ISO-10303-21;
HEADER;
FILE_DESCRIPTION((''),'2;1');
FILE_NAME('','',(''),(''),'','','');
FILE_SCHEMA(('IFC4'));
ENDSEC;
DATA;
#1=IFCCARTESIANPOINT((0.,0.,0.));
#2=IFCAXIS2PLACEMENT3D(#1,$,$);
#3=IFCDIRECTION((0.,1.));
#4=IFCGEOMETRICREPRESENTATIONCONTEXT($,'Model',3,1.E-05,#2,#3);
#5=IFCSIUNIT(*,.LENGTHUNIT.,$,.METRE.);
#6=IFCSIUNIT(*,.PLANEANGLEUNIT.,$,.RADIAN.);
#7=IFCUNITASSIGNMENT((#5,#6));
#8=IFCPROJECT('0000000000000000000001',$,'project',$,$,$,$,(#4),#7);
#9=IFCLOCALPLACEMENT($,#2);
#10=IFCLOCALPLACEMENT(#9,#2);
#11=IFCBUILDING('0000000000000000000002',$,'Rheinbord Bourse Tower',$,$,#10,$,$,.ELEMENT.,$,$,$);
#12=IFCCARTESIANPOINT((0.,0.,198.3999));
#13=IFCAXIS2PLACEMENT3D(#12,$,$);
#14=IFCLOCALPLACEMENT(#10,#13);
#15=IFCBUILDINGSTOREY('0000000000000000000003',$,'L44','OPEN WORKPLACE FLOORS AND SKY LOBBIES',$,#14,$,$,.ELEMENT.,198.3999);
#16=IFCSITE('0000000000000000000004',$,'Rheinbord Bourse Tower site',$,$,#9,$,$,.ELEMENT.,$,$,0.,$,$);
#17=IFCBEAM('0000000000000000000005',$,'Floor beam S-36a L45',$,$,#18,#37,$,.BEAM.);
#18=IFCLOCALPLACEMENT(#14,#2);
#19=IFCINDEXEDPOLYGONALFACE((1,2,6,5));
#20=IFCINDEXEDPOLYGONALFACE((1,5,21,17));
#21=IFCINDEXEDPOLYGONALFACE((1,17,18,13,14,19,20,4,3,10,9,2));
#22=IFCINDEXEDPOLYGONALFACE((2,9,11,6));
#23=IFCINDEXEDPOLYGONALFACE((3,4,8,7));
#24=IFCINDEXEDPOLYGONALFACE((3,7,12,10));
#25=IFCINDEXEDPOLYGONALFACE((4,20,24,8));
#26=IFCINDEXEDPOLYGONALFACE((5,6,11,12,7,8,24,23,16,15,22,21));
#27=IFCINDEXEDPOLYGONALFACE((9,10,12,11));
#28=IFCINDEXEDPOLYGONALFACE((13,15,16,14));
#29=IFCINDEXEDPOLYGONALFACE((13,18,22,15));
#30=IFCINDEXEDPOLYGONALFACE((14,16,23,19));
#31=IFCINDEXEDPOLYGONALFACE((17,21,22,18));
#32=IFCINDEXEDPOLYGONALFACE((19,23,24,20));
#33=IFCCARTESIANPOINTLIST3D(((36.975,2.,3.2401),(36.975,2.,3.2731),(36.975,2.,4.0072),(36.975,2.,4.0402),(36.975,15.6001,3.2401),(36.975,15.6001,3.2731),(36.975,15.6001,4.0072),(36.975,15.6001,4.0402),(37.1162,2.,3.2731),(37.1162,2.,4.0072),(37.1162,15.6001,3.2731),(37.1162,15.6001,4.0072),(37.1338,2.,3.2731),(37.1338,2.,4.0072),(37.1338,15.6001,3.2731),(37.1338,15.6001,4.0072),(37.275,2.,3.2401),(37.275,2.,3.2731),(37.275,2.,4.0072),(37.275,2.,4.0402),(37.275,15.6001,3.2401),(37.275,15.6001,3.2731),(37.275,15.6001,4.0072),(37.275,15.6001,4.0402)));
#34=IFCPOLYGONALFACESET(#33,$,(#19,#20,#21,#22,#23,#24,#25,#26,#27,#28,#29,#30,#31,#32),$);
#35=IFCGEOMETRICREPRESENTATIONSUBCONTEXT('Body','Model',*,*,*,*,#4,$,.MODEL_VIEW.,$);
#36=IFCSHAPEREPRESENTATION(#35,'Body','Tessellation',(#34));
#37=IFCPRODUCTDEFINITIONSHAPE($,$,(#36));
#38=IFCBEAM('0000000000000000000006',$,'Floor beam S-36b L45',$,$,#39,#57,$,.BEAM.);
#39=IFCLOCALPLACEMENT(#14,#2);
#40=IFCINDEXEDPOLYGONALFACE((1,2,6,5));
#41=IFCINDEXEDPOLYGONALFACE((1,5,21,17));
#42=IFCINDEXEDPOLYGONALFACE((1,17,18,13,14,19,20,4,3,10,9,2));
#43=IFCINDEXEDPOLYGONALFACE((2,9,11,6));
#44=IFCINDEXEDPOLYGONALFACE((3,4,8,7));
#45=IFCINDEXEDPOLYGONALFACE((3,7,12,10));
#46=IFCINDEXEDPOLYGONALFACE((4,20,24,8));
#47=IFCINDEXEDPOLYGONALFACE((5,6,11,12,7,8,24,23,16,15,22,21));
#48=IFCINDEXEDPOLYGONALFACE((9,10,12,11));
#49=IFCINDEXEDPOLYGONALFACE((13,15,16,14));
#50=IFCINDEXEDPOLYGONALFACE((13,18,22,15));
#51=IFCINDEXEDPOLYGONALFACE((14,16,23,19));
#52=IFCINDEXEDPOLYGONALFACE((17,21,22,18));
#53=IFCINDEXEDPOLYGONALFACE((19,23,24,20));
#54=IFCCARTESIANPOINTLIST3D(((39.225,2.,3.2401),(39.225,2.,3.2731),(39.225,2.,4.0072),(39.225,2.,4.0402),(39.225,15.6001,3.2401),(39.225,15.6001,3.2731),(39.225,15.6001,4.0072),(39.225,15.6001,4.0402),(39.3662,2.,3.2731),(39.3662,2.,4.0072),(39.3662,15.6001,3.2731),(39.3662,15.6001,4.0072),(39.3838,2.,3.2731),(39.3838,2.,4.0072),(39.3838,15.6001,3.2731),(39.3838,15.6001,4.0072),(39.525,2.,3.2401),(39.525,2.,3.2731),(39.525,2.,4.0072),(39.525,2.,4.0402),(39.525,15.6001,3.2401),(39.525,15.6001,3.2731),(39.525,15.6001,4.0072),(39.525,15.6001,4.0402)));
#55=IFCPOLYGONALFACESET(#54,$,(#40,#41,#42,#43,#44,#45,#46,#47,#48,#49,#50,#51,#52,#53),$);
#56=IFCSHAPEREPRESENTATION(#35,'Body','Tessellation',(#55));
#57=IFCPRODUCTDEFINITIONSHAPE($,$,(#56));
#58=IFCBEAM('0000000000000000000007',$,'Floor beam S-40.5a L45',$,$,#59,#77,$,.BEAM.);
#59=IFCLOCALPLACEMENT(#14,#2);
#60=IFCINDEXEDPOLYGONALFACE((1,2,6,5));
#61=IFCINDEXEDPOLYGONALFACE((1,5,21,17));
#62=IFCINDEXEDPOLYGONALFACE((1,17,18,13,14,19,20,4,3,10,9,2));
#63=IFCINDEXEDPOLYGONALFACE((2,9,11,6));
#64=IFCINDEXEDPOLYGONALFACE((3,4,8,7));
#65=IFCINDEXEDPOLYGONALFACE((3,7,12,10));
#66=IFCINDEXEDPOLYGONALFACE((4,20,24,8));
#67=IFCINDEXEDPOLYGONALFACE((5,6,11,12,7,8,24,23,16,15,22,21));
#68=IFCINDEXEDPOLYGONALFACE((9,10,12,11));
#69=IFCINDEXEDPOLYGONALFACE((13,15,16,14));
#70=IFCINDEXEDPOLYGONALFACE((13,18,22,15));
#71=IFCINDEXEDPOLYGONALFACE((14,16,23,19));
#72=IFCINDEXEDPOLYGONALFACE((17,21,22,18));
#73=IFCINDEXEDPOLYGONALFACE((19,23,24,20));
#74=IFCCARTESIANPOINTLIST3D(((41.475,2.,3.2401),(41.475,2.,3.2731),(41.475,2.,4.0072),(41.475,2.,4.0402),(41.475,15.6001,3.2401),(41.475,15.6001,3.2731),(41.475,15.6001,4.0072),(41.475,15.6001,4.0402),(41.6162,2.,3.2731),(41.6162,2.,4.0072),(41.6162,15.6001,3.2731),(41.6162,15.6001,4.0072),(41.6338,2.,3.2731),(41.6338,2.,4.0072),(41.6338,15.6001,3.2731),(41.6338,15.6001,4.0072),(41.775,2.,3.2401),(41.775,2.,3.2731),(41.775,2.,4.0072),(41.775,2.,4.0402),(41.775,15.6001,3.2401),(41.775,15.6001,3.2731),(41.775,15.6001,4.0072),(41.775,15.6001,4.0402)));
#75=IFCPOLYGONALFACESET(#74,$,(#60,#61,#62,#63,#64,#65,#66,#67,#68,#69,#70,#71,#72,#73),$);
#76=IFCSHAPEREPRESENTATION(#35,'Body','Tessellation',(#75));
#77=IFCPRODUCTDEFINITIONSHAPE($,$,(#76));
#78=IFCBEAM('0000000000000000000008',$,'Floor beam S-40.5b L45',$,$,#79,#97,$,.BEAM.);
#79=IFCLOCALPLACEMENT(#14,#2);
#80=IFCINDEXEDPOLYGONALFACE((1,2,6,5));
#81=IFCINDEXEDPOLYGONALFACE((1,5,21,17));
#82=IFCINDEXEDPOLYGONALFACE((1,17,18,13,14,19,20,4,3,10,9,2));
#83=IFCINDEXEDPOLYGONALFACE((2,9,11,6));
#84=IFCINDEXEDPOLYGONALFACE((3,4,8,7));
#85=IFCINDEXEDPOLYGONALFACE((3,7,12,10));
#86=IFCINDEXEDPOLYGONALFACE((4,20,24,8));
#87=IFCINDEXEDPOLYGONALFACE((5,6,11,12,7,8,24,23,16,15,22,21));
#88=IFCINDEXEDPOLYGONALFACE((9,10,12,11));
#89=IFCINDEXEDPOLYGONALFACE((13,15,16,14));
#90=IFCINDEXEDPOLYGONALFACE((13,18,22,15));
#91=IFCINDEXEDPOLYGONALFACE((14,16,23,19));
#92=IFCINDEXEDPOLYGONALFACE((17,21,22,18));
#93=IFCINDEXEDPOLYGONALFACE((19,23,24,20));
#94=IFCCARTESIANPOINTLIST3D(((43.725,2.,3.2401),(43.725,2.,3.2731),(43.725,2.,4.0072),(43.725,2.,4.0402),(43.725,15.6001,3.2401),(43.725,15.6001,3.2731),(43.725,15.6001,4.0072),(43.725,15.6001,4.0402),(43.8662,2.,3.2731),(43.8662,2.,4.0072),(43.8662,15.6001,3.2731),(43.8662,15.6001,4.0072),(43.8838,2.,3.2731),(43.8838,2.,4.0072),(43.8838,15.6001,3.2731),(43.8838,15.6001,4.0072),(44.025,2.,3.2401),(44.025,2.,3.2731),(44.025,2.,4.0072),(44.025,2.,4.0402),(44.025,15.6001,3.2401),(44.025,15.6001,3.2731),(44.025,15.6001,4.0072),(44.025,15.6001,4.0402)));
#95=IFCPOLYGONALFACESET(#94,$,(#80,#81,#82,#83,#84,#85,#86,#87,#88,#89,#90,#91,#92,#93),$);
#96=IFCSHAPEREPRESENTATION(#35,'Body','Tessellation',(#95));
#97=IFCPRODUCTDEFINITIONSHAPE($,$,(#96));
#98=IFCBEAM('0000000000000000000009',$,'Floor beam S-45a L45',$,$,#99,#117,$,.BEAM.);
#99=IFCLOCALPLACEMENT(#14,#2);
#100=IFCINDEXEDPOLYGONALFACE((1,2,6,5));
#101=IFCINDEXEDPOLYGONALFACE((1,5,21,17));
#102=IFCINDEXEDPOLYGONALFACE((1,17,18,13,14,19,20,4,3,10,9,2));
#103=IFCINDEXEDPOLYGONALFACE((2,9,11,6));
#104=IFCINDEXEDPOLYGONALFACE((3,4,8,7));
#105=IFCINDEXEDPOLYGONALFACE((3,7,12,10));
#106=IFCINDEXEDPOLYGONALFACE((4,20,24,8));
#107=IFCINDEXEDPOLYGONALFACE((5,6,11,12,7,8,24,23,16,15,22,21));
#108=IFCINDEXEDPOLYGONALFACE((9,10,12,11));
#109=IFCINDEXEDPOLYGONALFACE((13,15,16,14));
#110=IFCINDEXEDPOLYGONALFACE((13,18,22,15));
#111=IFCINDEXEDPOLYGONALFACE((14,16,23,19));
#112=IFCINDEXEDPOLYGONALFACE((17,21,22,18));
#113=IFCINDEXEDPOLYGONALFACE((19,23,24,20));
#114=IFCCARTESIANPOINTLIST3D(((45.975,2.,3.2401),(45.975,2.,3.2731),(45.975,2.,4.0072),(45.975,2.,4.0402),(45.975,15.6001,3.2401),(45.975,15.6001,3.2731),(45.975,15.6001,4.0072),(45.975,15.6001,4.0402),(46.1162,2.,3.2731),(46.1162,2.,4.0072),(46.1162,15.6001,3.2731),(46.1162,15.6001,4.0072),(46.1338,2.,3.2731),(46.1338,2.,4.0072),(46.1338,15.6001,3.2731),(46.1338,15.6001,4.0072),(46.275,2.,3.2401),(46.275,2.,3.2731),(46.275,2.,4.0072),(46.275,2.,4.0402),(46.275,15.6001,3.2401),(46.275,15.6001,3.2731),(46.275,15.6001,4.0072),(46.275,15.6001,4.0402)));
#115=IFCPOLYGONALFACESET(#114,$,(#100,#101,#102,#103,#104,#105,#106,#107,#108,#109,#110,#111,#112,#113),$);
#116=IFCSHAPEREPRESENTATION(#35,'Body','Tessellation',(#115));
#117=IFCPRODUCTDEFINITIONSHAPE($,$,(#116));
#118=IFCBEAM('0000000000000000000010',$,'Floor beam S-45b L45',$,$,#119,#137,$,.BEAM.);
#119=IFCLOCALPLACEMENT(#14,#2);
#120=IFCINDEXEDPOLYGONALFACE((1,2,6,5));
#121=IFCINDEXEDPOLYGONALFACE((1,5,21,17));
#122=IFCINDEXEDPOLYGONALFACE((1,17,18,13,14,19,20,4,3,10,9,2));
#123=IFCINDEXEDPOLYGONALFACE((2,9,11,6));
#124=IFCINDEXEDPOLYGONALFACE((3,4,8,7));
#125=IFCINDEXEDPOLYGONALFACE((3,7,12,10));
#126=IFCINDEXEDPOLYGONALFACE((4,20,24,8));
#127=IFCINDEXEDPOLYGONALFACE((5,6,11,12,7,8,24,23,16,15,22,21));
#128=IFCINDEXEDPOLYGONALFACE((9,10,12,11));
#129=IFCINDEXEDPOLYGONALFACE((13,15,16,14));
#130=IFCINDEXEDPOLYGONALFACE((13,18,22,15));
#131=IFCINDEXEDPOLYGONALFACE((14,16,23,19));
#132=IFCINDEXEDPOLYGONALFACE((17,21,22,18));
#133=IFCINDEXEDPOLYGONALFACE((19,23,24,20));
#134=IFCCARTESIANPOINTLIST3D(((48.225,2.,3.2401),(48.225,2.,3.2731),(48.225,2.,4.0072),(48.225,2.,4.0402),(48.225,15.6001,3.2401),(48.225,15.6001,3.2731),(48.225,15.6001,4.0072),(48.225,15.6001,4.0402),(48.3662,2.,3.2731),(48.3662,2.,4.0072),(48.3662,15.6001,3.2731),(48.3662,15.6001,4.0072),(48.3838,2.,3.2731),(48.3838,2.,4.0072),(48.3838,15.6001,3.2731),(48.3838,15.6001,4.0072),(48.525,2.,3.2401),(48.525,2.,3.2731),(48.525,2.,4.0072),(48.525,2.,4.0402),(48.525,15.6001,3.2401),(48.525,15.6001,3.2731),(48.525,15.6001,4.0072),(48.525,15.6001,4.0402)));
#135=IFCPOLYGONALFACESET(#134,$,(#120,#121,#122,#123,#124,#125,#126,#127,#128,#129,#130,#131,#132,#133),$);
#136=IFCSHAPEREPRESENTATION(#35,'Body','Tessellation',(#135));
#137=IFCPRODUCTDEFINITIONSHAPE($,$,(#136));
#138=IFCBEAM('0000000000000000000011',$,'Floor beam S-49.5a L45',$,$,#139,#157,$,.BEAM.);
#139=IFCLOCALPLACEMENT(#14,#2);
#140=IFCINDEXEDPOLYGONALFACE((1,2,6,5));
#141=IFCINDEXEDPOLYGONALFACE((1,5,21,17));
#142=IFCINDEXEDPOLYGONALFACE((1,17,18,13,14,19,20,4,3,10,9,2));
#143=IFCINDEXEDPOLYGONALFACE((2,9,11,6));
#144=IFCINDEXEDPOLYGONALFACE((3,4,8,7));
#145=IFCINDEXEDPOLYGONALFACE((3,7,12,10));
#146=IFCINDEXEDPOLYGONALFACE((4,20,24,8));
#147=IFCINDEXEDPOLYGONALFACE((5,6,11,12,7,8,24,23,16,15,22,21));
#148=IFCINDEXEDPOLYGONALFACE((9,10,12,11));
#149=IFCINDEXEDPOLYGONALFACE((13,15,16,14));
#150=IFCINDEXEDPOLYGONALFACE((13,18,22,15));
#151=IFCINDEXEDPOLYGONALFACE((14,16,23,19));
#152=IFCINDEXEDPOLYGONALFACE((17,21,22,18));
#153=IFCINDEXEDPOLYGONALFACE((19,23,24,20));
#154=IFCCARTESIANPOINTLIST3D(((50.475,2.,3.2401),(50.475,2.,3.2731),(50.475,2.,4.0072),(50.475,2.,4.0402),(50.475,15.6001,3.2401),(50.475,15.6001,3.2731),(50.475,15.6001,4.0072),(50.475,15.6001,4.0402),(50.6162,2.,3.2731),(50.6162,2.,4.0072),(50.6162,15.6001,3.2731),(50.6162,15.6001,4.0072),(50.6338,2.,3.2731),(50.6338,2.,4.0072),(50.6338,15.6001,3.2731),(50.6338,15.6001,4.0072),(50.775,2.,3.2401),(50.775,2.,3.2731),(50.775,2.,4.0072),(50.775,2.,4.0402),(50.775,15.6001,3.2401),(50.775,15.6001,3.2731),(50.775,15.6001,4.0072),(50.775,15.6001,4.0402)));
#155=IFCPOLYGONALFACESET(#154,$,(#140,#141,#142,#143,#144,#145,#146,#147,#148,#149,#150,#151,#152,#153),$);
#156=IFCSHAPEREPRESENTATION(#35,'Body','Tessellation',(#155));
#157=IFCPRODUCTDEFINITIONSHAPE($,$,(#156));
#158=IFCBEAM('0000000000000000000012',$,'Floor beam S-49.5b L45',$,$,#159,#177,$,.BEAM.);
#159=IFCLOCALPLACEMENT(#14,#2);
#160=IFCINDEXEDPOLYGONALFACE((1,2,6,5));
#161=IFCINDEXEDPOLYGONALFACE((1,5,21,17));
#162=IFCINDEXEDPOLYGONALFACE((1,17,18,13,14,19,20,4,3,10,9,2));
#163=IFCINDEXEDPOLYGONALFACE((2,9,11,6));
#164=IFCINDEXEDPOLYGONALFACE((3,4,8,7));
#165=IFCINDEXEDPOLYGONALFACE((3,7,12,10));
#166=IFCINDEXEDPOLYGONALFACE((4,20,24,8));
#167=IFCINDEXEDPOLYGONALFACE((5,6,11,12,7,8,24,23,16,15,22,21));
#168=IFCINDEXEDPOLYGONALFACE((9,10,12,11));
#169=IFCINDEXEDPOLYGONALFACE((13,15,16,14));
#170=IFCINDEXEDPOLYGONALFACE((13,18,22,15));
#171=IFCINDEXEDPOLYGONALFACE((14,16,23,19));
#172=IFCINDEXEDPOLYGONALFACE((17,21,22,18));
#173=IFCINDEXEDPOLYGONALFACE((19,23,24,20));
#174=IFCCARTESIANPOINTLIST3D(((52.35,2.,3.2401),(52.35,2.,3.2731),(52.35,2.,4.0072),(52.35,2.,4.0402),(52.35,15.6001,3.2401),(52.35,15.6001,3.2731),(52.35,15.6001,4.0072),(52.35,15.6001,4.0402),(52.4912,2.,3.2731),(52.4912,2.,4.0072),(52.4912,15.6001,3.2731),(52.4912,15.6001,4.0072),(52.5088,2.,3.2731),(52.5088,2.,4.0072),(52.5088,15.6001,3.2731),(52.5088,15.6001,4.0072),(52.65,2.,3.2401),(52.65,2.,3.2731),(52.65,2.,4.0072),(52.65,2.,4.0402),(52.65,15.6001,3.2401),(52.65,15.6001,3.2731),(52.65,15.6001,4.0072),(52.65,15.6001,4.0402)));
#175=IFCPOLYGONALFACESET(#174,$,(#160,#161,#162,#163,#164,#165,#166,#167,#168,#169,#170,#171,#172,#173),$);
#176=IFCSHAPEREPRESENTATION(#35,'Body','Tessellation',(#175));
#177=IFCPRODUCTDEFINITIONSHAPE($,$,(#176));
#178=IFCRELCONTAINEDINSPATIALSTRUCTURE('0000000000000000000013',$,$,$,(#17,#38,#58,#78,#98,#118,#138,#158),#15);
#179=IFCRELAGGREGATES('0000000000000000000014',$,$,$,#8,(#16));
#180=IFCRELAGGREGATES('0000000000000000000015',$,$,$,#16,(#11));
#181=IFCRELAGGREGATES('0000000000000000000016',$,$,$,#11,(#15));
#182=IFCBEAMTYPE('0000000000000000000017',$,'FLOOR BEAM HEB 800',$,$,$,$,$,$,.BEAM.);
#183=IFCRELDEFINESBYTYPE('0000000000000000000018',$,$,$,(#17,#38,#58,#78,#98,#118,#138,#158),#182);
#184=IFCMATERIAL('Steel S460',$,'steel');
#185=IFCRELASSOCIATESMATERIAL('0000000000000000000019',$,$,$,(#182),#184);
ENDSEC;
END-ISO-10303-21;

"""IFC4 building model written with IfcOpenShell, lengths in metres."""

from ifc_helpers import new_model, si_unit, direction, frame, origin, origin_2d, place, context, subcontext, project, spatial, i_section, extrude, material, material_profile, profile_set, type_object, element, save


model = new_model("IFC4")

# Units and contexts
model_context = context("Model", 3, precision=1e-05, world=origin(), true_north=direction((0.0, 1.0)))
body_context = subcontext(model_context, "Body", "Model", "MODEL_VIEW")
ifc_project = project(units=[si_unit("LENGTHUNIT", "METRE"), si_unit("PLANEANGLEUNIT", "RADIAN")], contexts=[model_context])

# Site, building, storey
site_placement = place(None, origin())
site = spatial("IfcSite", under=ifc_project, at=site_placement, Name="Rheinbord Bourse Tower site", CompositionType="ELEMENT", RefElevation=0.0)
building_placement = place(site_placement, origin())
building = spatial("IfcBuilding", under=site, at=building_placement, Name="Rheinbord Bourse Tower", CompositionType="ELEMENT")
storey_placement = place(building_placement, frame((0.0, 0.0, 198.3999)))
storey = spatial("IfcBuildingStorey", under=building, at=storey_placement, Name="L44", Description="OPEN WORKPLACE FLOORS AND SKY LOBBIES", CompositionType="ELEMENT", Elevation=198.3999)

# Beams
ifc_material_1 = material(Name="Steel S460", Category="steel")
ifc_material_profile_1 = material_profile(ifc_material_1, i_section(OverallWidth=0.3, OverallDepth=0.8, WebThickness=0.0176, FlangeThickness=0.033, at=origin_2d()), Name="HEB 800")
ifc_profile_set_1 = profile_set([ifc_material_profile_1], Name="Steel S460")
beam_type_1 = type_object("IfcBeamType", Name="FLOOR BEAM HEB 800", PredefinedType="BEAM", material=ifc_profile_set_1)
for number, where, z_axis, x_axis, name in (
    (1, (37.125, 2.0, 3.6401), (0.0, 1.0, 0.0), (-1.0, 0.0, 0.0), "Floor beam S-36a L45"),
    (2, (39.375, 2.0, 3.6401), (0.0, 1.0, 0.0), (-1.0, 0.0, 0.0), "Floor beam S-36b L45"),
    (3, (41.625, 2.0, 3.6401), (0.0, 1.0, 0.0), (-1.0, 0.0, 0.0), "Floor beam S-40.5a L45"),
    (4, (43.875, 2.0, 3.6401), (0.0, 1.0, 0.0), (-1.0, 0.0, 0.0), "Floor beam S-40.5b L45"),
    (5, (46.125, 2.0, 3.6401), (0.0, 1.0, 0.0), (-1.0, 0.0, 0.0), "Floor beam S-45a L45"),
    (6, (48.375, 2.0, 3.6401), (0.0, 1.0, 0.0), (-1.0, 0.0, 0.0), "Floor beam S-45b L45"),
    (7, (50.625, 2.0, 3.6401), (0.0, 1.0, 0.0), (-1.0, 0.0, 0.0), "Floor beam S-49.5a L45"),
    (8, (52.5, 2.0, 3.6401), (0.0, 1.0, 0.0), (-1.0, 0.0, 0.0), "Floor beam S-49.5b L45"),
):
    element("IfcBeam", number, at=place(storey_placement, frame(where, z_axis=z_axis, x_axis=x_axis)), inside=storey, type_object=beam_type_1, Name=name, PredefinedType="BEAM", context=body_context, shape_type="SweptSolid", body=[
        extrude(i_section(OverallWidth=0.3, OverallDepth=0.8, WebThickness=0.0176, FlangeThickness=0.033, at=origin_2d()), origin(), (0.0, 0.0, 1.0), 13.6001),
    ])

save(model, "model.ifc")
